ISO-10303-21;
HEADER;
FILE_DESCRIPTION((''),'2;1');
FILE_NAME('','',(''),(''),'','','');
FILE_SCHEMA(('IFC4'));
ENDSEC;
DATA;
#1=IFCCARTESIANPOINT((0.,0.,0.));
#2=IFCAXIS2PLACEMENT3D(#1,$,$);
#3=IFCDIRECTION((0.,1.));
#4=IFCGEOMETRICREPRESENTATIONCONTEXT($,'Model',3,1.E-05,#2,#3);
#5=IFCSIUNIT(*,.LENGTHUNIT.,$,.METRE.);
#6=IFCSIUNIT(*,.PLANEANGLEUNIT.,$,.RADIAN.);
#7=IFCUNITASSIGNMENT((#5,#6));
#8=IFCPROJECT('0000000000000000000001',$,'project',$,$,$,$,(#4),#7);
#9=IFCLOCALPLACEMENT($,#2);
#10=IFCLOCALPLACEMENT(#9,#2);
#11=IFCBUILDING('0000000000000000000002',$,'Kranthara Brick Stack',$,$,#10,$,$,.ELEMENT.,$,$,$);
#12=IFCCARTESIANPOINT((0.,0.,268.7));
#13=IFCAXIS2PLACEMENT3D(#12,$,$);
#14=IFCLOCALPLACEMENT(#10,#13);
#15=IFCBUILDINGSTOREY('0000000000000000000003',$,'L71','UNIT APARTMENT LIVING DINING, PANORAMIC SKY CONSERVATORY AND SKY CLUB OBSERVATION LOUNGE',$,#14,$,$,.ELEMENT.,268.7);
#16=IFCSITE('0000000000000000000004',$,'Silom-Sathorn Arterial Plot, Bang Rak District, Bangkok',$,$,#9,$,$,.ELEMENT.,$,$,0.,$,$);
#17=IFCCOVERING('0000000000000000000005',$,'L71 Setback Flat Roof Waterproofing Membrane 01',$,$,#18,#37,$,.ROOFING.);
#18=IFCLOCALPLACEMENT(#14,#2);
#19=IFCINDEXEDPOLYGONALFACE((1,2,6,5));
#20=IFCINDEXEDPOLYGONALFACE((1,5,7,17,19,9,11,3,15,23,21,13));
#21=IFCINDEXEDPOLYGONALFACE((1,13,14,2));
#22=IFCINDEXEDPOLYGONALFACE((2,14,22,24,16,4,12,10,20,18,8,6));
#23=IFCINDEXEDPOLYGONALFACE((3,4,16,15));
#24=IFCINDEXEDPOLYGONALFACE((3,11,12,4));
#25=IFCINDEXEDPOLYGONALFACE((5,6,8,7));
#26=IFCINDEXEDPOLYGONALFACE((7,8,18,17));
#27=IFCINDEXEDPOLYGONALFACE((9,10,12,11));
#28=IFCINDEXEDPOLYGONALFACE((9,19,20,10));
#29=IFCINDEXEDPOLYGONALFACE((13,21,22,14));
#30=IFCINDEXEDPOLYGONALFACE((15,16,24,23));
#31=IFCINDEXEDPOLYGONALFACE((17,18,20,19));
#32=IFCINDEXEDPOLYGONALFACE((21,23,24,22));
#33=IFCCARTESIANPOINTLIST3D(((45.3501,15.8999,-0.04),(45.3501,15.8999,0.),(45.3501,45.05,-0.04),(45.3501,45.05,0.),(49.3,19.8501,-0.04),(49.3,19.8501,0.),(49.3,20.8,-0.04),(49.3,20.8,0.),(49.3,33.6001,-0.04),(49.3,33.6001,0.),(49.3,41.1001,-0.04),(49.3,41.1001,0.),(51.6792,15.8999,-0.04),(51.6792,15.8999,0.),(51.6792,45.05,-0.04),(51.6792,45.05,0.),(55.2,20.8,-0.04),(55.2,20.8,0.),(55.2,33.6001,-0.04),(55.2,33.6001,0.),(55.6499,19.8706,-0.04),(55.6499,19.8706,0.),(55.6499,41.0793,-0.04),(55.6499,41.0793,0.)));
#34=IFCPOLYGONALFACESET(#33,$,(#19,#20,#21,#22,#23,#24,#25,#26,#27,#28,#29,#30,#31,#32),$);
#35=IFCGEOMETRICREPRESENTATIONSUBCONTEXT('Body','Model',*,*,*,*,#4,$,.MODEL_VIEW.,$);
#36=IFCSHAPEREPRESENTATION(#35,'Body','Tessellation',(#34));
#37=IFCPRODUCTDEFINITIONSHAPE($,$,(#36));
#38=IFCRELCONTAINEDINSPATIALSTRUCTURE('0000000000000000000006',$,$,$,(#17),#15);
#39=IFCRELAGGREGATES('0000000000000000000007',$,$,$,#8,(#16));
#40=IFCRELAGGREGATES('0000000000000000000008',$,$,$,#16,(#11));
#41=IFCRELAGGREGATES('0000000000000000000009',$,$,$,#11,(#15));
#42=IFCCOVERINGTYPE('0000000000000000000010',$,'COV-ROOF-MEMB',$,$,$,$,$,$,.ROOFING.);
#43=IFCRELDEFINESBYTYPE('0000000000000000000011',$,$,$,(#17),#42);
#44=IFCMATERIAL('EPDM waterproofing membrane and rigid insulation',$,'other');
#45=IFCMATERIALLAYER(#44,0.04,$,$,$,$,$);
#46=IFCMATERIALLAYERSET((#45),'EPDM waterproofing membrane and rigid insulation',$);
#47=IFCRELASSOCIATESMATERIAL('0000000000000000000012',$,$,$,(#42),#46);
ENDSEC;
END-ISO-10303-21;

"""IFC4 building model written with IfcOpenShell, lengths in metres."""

from ifc_helpers import new_model, si_unit, direction, frame, origin, place, context, subcontext, project, spatial, polyline, outline, extrude, material, layer, layer_set, type_object, element, save


model = new_model("IFC4")

# Units and contexts
model_context = context("Model", 3, precision=1e-05, world=origin(), true_north=direction((0.0, 1.0)))
body_context = subcontext(model_context, "Body", "Model", "MODEL_VIEW")
ifc_project = project(units=[si_unit("LENGTHUNIT", "METRE"), si_unit("PLANEANGLEUNIT", "RADIAN")], contexts=[model_context])

# Site, building, storey
site_placement = place(None, origin())
site = spatial("IfcSite", under=ifc_project, at=site_placement, Name="Silom-Sathorn Arterial Plot, Bang Rak District, Bangkok", CompositionType="ELEMENT", RefElevation=0.0)
building_placement = place(site_placement, origin())
building = spatial("IfcBuilding", under=site, at=building_placement, Name="Kranthara Brick Stack", CompositionType="ELEMENT")
storey_placement = place(building_placement, frame((0.0, 0.0, 268.7)))
storey = spatial("IfcBuildingStorey", under=building, at=storey_placement, Name="L71", Description="UNIT APARTMENT LIVING DINING, PANORAMIC SKY CONSERVATORY AND SKY CLUB OBSERVATION LOUNGE", CompositionType="ELEMENT", Elevation=268.7)

# Covering
ifc_material_1 = material(Name="EPDM waterproofing membrane and rigid insulation", Category="other")
ifc_layer_1 = layer(ifc_material_1, 0.04)
ifc_layer_set_1 = layer_set([ifc_layer_1], Name="EPDM waterproofing membrane and rigid insulation")
covering_type_1 = type_object("IfcCoveringType", Name="COV-ROOF-MEMB", PredefinedType="ROOFING", material=ifc_layer_set_1)
covering_1_placement = place(storey_placement, frame((0.0, 0.0, -0.04)))
element("IfcCovering", 1, at=covering_1_placement, inside=storey, type_object=covering_type_1, Name="L71 Setback Flat Roof Waterproofing Membrane 01", PredefinedType="ROOFING", context=body_context, shape_type="SweptSolid", body=[
    extrude(outline(polyline([(51.6792, 45.05), (55.6499, 41.0793), (55.6499, 19.8706), (51.6792, 15.8999), (45.3501, 15.8999), (49.3, 19.8501), (49.3, 20.8), (55.2, 20.8), (55.2, 33.6001), (49.3, 33.6001), (49.3, 41.1001), (45.3501, 45.05), (51.6792, 45.05)])), origin(), (0.0, 0.0, 1.0), 0.04),
])

save(model, "model.ifc")
